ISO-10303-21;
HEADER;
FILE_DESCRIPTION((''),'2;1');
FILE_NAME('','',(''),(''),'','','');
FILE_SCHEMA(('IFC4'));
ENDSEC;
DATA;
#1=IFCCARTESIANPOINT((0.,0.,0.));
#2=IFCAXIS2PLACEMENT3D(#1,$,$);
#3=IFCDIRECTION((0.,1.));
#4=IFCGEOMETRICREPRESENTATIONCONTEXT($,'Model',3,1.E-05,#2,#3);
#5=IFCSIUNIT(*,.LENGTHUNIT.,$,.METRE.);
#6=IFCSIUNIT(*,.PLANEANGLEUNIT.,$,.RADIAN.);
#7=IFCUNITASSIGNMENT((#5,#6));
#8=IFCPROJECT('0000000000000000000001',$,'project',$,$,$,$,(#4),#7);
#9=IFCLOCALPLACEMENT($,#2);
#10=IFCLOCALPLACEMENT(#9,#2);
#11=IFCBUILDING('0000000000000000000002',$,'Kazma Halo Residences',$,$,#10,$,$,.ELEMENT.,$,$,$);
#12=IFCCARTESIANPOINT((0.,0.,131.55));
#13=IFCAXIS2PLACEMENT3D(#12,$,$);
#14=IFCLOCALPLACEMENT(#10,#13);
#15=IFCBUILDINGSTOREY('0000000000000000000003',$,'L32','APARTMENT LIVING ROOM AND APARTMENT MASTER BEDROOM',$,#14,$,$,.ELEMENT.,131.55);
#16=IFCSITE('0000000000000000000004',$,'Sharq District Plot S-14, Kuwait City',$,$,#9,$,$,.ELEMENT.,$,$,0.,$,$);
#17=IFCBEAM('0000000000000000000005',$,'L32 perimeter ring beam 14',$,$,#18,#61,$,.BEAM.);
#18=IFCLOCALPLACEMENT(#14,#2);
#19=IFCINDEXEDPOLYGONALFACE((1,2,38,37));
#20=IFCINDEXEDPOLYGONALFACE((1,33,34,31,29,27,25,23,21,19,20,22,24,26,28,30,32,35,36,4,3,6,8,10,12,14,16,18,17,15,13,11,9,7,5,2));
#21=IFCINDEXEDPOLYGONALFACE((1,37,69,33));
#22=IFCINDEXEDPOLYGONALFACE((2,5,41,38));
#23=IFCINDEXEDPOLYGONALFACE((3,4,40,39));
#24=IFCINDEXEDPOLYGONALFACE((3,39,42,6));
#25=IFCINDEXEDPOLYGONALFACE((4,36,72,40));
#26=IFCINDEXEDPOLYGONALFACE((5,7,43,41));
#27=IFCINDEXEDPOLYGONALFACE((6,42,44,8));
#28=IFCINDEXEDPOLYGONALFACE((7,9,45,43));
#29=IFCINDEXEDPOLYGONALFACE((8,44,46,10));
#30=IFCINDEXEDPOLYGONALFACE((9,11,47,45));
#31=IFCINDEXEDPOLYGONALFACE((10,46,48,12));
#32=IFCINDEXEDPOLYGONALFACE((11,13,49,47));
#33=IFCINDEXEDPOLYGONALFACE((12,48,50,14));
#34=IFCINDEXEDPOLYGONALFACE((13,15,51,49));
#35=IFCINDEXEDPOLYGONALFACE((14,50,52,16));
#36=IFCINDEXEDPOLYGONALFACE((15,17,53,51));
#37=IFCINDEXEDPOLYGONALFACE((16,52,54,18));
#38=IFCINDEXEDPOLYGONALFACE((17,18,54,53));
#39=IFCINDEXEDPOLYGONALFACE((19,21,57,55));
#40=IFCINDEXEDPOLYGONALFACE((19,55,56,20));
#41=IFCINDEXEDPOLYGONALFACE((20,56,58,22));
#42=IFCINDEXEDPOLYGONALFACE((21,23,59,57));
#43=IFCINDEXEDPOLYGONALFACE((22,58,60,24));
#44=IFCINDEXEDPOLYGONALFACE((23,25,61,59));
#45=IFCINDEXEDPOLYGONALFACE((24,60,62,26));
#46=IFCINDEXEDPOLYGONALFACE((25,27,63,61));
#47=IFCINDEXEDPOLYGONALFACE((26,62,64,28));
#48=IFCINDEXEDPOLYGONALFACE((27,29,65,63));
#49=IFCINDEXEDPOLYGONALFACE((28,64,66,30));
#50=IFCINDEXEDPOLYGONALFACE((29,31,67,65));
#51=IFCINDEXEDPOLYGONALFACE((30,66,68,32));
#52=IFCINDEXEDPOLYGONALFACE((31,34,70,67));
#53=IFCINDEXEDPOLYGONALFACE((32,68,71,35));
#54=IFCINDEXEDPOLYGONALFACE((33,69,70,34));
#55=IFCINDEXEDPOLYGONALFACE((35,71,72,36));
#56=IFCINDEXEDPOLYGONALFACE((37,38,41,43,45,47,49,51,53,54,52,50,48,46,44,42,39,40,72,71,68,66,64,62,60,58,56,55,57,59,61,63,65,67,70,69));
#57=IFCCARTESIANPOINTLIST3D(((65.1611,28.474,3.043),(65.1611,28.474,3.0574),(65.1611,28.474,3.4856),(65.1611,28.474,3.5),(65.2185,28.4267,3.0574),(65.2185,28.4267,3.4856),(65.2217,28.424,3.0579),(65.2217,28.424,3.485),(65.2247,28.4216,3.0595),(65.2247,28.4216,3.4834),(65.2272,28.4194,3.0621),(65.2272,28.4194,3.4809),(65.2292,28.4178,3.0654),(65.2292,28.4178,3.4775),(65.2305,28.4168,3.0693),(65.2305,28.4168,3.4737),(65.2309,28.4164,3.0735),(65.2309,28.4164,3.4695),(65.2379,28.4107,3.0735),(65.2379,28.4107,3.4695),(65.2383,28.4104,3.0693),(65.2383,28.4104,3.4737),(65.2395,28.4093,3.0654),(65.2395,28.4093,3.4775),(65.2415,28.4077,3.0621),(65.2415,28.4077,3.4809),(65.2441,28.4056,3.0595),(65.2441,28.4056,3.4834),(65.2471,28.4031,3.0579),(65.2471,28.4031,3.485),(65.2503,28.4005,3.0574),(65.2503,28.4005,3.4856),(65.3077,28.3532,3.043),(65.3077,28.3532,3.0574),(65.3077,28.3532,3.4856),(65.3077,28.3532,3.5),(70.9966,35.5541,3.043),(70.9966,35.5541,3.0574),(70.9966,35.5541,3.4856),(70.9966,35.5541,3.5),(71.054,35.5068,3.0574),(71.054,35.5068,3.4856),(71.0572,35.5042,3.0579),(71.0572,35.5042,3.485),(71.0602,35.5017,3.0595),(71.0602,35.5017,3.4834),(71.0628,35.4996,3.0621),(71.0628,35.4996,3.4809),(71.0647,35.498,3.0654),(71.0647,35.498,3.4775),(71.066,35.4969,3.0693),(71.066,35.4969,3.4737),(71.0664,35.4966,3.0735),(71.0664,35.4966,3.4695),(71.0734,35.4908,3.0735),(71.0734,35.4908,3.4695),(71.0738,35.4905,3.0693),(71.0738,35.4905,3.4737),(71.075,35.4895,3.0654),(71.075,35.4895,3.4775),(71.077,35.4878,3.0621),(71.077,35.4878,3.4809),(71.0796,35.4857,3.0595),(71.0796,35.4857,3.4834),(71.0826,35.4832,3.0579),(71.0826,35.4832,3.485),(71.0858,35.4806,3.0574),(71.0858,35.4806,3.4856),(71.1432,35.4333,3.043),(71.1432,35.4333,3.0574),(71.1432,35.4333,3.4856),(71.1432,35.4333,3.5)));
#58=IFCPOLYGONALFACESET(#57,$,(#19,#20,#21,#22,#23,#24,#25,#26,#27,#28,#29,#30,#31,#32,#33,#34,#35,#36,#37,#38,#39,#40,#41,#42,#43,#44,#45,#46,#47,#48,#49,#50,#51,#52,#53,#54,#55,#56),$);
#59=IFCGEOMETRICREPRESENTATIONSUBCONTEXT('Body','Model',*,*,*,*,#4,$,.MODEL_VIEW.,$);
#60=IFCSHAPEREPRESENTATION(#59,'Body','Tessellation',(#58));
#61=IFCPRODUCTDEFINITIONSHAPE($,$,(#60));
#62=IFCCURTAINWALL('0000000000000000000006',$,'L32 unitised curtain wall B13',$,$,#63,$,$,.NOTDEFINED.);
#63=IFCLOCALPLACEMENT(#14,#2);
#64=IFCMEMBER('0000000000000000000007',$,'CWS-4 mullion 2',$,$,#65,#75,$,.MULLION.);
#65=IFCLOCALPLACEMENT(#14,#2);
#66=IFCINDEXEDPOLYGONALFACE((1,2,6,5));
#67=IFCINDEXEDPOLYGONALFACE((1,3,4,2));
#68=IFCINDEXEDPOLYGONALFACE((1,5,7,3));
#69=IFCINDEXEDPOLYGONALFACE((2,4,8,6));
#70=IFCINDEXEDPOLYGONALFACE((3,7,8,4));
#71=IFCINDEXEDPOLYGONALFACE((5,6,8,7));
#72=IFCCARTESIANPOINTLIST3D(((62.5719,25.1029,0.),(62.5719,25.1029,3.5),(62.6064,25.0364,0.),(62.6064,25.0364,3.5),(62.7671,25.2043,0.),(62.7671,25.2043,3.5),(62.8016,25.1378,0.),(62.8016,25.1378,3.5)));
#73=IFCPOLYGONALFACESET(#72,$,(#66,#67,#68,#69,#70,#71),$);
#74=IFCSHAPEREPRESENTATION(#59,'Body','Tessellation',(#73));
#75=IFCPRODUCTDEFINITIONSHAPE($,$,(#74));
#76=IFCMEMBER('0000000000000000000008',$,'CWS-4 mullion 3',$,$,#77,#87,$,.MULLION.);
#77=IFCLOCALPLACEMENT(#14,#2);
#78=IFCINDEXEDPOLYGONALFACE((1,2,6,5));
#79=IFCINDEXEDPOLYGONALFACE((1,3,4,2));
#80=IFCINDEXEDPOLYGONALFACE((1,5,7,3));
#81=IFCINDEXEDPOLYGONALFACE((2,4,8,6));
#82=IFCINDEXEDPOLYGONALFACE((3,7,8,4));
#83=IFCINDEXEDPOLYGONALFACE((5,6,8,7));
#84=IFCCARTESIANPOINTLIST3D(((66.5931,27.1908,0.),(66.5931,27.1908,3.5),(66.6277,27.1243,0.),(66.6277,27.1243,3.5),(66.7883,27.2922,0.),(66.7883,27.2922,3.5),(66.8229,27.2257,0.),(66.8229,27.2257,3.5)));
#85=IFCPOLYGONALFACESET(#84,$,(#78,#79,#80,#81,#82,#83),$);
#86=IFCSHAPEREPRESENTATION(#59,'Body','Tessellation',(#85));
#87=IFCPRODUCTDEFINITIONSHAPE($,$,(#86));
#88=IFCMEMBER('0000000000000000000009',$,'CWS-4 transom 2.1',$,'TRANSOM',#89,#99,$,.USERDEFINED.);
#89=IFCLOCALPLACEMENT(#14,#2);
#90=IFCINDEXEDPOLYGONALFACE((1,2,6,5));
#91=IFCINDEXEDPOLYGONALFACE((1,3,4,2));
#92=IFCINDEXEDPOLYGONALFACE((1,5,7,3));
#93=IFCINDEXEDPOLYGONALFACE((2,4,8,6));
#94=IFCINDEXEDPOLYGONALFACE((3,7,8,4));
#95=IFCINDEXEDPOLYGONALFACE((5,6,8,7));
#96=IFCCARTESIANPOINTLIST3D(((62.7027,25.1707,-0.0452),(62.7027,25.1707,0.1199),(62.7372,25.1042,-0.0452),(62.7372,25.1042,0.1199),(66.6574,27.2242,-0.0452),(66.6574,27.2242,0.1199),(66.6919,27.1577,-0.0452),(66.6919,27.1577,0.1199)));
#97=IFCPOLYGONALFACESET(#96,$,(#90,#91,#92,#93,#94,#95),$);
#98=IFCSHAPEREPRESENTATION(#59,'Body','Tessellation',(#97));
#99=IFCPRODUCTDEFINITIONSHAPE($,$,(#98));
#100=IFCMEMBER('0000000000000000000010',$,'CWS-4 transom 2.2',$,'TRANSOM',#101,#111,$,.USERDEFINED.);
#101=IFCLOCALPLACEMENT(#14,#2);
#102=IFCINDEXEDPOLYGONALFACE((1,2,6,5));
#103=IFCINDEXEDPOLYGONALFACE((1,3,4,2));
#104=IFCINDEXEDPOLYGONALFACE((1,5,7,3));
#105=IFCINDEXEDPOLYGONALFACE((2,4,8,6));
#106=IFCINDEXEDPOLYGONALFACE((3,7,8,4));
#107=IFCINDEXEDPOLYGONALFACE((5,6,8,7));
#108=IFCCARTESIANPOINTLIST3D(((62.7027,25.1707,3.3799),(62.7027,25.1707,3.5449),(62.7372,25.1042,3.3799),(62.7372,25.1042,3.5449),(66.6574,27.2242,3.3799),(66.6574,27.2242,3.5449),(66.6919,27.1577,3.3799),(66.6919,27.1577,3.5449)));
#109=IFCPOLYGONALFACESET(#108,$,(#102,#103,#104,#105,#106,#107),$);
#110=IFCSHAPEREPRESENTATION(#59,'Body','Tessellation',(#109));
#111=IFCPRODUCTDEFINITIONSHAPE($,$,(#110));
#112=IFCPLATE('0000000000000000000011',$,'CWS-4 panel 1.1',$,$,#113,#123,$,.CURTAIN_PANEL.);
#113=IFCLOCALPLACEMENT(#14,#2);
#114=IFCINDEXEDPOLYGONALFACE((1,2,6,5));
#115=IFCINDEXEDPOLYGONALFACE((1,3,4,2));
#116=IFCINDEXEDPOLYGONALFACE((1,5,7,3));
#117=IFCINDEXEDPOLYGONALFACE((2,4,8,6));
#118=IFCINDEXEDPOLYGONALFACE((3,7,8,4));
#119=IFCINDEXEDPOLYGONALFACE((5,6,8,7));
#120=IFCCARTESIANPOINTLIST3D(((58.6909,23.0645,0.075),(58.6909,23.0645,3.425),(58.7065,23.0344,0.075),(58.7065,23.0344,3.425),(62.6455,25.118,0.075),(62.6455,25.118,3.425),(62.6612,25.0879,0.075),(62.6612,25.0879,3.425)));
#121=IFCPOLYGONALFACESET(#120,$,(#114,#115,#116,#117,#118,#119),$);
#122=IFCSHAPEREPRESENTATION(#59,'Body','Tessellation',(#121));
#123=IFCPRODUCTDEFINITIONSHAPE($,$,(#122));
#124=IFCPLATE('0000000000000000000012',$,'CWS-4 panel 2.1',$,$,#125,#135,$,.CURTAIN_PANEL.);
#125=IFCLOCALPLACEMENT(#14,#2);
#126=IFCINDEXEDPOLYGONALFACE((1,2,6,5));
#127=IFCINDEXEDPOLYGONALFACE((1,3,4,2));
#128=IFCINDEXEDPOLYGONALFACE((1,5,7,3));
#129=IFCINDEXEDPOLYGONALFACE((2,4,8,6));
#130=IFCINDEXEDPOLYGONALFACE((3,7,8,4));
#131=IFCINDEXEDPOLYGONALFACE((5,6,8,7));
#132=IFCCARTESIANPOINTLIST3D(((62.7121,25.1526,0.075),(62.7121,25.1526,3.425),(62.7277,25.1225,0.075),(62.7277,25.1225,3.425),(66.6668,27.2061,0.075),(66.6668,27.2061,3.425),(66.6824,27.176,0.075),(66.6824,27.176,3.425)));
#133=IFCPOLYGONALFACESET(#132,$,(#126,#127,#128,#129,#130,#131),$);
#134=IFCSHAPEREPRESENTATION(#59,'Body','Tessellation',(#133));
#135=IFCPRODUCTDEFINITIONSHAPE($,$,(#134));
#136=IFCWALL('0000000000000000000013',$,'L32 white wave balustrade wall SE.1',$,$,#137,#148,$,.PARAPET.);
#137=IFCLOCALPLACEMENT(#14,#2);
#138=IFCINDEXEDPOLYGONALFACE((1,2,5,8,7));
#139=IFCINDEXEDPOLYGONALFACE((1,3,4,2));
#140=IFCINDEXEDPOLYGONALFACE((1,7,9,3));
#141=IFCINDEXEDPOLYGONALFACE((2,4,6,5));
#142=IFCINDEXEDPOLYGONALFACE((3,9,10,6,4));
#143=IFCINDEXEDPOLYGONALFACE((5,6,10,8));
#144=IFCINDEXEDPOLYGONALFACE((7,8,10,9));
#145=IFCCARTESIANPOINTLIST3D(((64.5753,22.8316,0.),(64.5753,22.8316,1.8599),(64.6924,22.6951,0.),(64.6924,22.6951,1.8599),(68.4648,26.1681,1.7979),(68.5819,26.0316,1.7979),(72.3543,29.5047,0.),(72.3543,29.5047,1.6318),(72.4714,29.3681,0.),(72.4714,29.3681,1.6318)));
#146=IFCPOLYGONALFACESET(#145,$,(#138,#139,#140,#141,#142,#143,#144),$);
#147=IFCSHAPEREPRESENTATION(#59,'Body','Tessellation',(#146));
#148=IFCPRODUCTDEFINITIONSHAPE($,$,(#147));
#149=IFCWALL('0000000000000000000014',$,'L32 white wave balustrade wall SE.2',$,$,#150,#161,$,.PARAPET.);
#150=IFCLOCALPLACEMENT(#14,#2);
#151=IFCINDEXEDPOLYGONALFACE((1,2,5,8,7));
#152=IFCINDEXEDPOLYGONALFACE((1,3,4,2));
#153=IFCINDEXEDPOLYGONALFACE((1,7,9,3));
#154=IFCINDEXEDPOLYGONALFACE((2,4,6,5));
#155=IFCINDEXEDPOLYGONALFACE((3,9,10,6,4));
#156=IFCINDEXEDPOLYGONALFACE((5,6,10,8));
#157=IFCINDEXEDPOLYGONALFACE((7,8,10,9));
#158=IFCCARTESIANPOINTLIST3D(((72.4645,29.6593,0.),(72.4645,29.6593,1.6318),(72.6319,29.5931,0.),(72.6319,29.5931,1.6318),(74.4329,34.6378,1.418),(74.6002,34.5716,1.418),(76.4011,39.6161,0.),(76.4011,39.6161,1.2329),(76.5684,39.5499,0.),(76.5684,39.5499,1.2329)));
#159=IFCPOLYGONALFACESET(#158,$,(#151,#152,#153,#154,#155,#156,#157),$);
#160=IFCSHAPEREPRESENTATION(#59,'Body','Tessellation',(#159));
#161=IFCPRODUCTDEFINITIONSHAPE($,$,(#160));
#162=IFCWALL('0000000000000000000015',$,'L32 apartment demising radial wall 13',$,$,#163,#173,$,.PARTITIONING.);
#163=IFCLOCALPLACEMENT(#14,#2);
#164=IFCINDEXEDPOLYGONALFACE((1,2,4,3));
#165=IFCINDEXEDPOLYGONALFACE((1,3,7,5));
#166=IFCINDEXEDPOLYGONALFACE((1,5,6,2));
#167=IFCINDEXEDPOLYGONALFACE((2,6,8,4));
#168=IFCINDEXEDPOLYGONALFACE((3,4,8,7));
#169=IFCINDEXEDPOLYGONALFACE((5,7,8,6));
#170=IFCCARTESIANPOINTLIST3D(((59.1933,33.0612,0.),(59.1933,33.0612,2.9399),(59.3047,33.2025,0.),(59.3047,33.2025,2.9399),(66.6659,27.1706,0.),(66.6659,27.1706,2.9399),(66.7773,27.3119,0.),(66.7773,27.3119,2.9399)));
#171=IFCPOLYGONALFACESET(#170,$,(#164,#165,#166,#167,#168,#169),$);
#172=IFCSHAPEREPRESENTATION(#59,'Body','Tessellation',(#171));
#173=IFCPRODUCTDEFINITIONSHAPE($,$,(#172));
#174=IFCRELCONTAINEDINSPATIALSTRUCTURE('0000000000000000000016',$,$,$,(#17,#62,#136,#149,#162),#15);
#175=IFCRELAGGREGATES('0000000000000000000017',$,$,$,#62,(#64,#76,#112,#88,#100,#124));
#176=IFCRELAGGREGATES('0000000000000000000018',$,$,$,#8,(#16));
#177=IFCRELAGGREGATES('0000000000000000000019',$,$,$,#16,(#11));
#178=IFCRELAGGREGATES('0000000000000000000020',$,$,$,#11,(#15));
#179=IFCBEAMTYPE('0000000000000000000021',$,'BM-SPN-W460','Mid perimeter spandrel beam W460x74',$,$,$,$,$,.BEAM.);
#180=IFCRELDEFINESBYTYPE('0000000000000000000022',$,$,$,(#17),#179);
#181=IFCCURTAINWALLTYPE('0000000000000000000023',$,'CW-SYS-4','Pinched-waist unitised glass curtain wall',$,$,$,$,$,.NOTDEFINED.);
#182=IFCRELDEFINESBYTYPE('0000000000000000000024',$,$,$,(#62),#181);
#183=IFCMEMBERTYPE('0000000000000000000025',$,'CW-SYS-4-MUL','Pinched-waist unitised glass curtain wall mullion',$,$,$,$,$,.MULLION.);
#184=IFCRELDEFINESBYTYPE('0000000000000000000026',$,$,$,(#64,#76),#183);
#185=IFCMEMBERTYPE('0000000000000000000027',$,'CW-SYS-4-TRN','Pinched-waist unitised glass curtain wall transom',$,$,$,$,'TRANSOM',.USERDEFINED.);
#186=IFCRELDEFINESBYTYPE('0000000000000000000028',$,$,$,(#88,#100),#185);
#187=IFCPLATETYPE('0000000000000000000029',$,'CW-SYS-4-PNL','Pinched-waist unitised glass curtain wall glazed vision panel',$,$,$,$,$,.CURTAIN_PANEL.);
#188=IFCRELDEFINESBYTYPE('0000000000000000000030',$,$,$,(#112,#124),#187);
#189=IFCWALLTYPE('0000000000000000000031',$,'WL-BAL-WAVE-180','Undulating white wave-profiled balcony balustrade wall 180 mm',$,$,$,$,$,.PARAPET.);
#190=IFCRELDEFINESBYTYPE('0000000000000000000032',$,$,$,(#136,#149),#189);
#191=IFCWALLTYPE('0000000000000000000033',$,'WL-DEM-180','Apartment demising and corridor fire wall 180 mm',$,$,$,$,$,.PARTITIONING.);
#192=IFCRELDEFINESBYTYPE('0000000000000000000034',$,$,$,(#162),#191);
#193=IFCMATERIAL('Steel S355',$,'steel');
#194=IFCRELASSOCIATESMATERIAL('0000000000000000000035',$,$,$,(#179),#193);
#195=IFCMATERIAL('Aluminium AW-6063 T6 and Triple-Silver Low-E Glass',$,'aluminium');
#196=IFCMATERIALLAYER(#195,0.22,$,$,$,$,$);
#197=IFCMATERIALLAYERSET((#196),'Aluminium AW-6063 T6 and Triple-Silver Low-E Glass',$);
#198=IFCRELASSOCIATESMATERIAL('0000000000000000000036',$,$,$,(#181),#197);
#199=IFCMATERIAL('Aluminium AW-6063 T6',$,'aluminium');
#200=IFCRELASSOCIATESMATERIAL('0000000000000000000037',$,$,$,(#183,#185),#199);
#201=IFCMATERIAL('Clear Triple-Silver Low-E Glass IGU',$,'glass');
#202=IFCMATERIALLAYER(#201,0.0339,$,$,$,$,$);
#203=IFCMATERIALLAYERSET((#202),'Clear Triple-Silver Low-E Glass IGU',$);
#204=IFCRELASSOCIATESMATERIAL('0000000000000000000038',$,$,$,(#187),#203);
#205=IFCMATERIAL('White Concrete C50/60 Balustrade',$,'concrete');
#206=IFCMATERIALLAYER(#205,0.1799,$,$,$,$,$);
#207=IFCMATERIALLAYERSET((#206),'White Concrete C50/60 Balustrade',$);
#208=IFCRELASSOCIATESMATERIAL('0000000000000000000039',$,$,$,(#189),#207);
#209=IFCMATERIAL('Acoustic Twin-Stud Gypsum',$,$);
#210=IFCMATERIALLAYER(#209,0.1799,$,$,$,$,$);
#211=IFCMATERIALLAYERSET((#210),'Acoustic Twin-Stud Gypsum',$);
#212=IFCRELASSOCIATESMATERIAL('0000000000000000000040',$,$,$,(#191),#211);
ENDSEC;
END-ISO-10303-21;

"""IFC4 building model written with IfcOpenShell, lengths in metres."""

from ifc_helpers import new_model, si_unit, direction, frame, frame_2d, origin, origin_2d, place, context, subcontext, project, spatial, polyline, rectangle, i_section, outline, extrude, material, layer, layer_set, material_profile, profile_set, type_object, element, aggregate, save


model = new_model("IFC4")

# Units and contexts
model_context = context("Model", 3, precision=1e-05, world=origin(), true_north=direction((0.0, 1.0)))
body_context = subcontext(model_context, "Body", "Model", "MODEL_VIEW")
ifc_project = project(units=[si_unit("LENGTHUNIT", "METRE"), si_unit("PLANEANGLEUNIT", "RADIAN")], contexts=[model_context])

# Site, building, storey
site_placement = place(None, origin())
site = spatial("IfcSite", under=ifc_project, at=site_placement, Name="Sharq District Plot S-14, Kuwait City", CompositionType="ELEMENT", RefElevation=0.0)
building_placement = place(site_placement, origin())
building = spatial("IfcBuilding", under=site, at=building_placement, Name="Kazma Halo Residences", CompositionType="ELEMENT")
storey_placement = place(building_placement, frame((0.0, 0.0, 131.55)))
storey = spatial("IfcBuildingStorey", under=building, at=storey_placement, Name="L32", Description="APARTMENT LIVING ROOM AND APARTMENT MASTER BEDROOM", CompositionType="ELEMENT", Elevation=131.55)

# Beam
ifc_material_1 = material(Name="Steel S355", Category="steel")
ifc_material_profile_1 = material_profile(ifc_material_1, i_section(OverallWidth=0.1899, OverallDepth=0.457, WebThickness=0.009, FlangeThickness=0.0144, FilletRadius=0.0161, at=origin_2d()), Name="W460x74")
ifc_profile_set_1 = profile_set([ifc_material_profile_1], Name="Steel S355")
beam_type_1 = type_object("IfcBeamType", Name="BM-SPN-W460", Description="Mid perimeter spandrel beam W460x74", PredefinedType="BEAM", material=ifc_profile_set_1)
beam_1_placement = place(storey_placement, frame((65.2344, 28.4136, 3.2715), z_axis=(0.636019, 0.771674, 0.0), x_axis=(-0.771674, 0.636019, 0.0)))
element("IfcBeam", 1, at=beam_1_placement, inside=storey, type_object=beam_type_1, Name="L32 perimeter ring beam 14", PredefinedType="BEAM", context=body_context, shape_type="SweptSolid", body=[
    extrude(i_section(OverallWidth=0.1899, OverallDepth=0.457, WebThickness=0.009, FlangeThickness=0.0144, FilletRadius=0.0161, at=origin_2d()), origin(), (0.0, 0.0, 1.0), 9.175),
])

# Curtain wall, members, plates
ifc_material_2 = material(Name="Aluminium AW-6063 T6 and Triple-Silver Low-E Glass", Category="aluminium")
ifc_layer_1 = layer(ifc_material_2, 0.22)
ifc_layer_set_1 = layer_set([ifc_layer_1], Name="Aluminium AW-6063 T6 and Triple-Silver Low-E Glass")
curtain_wall_type = type_object("IfcCurtainWallType", Name="CW-SYS-4", Description="Pinched-waist unitised glass curtain wall", PredefinedType="NOTDEFINED", material=ifc_layer_set_1)
curtain_wall_placement = place(storey_placement, origin())
curtain_wall = element("IfcCurtainWall", 2, at=curtain_wall_placement, inside=storey, type_object=curtain_wall_type, Name="L32 unitised curtain wall B13", PredefinedType="NOTDEFINED")
ifc_material_3 = material(Name="Aluminium AW-6063 T6", Category="aluminium")
ifc_material_profile_2 = material_profile(ifc_material_3, rectangle(XDim=0.075, YDim=0.22, at=origin_2d()), Name="CWM-75x220")
ifc_profile_set_2 = profile_set([ifc_material_profile_2], Name="Aluminium AW-6063 T6")
member_type_1 = type_object("IfcMemberType", Name="CW-SYS-4-MUL", Description="Pinched-waist unitised glass curtain wall mullion", PredefinedType="MULLION", material=ifc_profile_set_2)
member_1_placement = place(storey_placement, frame((62.6868, 25.1204, 0.0), z_axis=(0.0, 0.0, 1.0), x_axis=(-0.460837, 0.887485, 0.0)))
member_1 = element("IfcMember", 3, at=member_1_placement, type_object=member_type_1, Name="CWS-4 mullion 2", PredefinedType="MULLION", context=body_context, shape_type="SweptSolid", body=[
    extrude(rectangle(XDim=0.075, YDim=0.22, at=origin_2d()), origin(), (0.0, 0.0, 1.0), 3.5),
])
member_2_placement = place(storey_placement, frame((66.708, 27.2083, 0.0), z_axis=(0.0, 0.0, 1.0), x_axis=(-0.460837, 0.887485, 0.0)))
member_2 = element("IfcMember", 4, at=member_2_placement, type_object=member_type_1, Name="CWS-4 mullion 3", PredefinedType="MULLION", context=body_context, shape_type="SweptSolid", body=[
    extrude(rectangle(XDim=0.075, YDim=0.22, at=origin_2d()), origin(), (0.0, 0.0, 1.0), 3.5),
])
ifc_material_profile_3 = material_profile(ifc_material_3, rectangle(XDim=0.075, YDim=0.165, at=origin_2d()), Name="CWT-75x165")
ifc_profile_set_3 = profile_set([ifc_material_profile_3], Name="Aluminium AW-6063 T6")
member_type_2 = type_object("IfcMemberType", Name="CW-SYS-4-TRN", Description="Pinched-waist unitised glass curtain wall transom", ElementType="TRANSOM", PredefinedType="USERDEFINED", material=ifc_profile_set_3)
member_3_placement = place(storey_placement, frame((62.72, 25.1375, 0.0374), z_axis=(0.887485, 0.460837, 0.0), x_axis=(-0.460837, 0.887485, 0.0)))
member_3 = element("IfcMember", 5, at=member_3_placement, type_object=member_type_2, Name="CWS-4 transom 2.1", ObjectType="TRANSOM", PredefinedType="USERDEFINED", context=body_context, shape_type="SweptSolid", body=[
    extrude(rectangle(XDim=0.075, YDim=0.165, at=origin_2d()), origin(), (0.0, 0.0, 1.0), 4.4561),
])
member_4_placement = place(storey_placement, frame((62.72, 25.1375, 3.4624), z_axis=(0.887485, 0.460837, 0.0), x_axis=(-0.460837, 0.887485, 0.0)))
member_4 = element("IfcMember", 6, at=member_4_placement, type_object=member_type_2, Name="CWS-4 transom 2.2", ObjectType="TRANSOM", PredefinedType="USERDEFINED", context=body_context, shape_type="SweptSolid", body=[
    extrude(rectangle(XDim=0.075, YDim=0.165, at=origin_2d()), origin(), (0.0, 0.0, 1.0), 4.4561),
])
ifc_material_4 = material(Name="Clear Triple-Silver Low-E Glass IGU", Category="glass")
ifc_layer_2 = layer(ifc_material_4, 0.0339)
ifc_layer_set_2 = layer_set([ifc_layer_2], Name="Clear Triple-Silver Low-E Glass IGU")
plate_type = type_object("IfcPlateType", Name="CW-SYS-4-PNL", Description="Pinched-waist unitised glass curtain wall glazed vision panel", PredefinedType="CURTAIN_PANEL", material=ifc_layer_set_2)
plate_1_placement = place(storey_placement, frame((60.676, 24.0762, 0.075), z_axis=(0.0, 0.0, 1.0), x_axis=(0.887485, 0.460837, 0.0)))
plate_1 = element("IfcPlate", 7, at=plate_1_placement, type_object=plate_type, Name="CWS-4 panel 1.1", PredefinedType="CURTAIN_PANEL", context=body_context, shape_type="SweptSolid", body=[
    extrude(rectangle(XDim=4.4561, YDim=0.0339, at=origin_2d()), origin(), (0.0, 0.0, 1.0), 3.3501),
])
plate_2_placement = place(storey_placement, frame((64.6973, 26.1643, 0.075), z_axis=(0.0, 0.0, 1.0), x_axis=(0.887485, 0.460837, 0.0)))
plate_2 = element("IfcPlate", 8, at=plate_2_placement, type_object=plate_type, Name="CWS-4 panel 2.1", PredefinedType="CURTAIN_PANEL", context=body_context, shape_type="SweptSolid", body=[
    extrude(rectangle(XDim=4.4561, YDim=0.0339, at=origin_2d()), origin(), (0.0, 0.0, 1.0), 3.3501),
])
aggregate(curtain_wall, [member_1, member_2, plate_1, member_3, member_4, plate_2])

# Walls
ifc_material_5 = material(Name="White Concrete C50/60 Balustrade", Category="concrete")
ifc_layer_3 = layer(ifc_material_5, 0.1799)
ifc_layer_set_3 = layer_set([ifc_layer_3], Name="White Concrete C50/60 Balustrade")
wall_type_1 = type_object("IfcWallType", Name="WL-BAL-WAVE-180", Description="Undulating white wave-profiled balcony balustrade wall 180 mm", PredefinedType="PARAPET", material=ifc_layer_set_3)
wall_1_placement = place(storey_placement, frame((64.6338, 22.7634, 0.0), z_axis=(0.0, 0.0, 1.0), x_axis=(0.758999, 0.651091, 0.0)))
element("IfcWall", 9, at=wall_1_placement, inside=storey, type_object=wall_type_1, Name="L32 white wave balustrade wall SE.1", PredefinedType="PARAPET", context=body_context, shape_type="SweptSolid", body=[
    extrude(outline(polyline([(0.0, 0.0), (10.249, 0.0), (10.249, 1.6318), (5.1245, 1.7979), (0.0, 1.8599), (0.0, 0.0)])), frame((0.0, 0.0898, 0.0), z_axis=(0.0, -1.0, 0.0), x_axis=(1.0, 0.0, 0.0)), (0.0, 0.0, 1.0), 0.1799),
])
wall_2_placement = place(storey_placement, frame((72.5481, 29.6262, 0.0), z_axis=(0.0, 0.0, 1.0), x_axis=(0.367669, 0.929957, 0.0)))
element("IfcWall", 10, at=wall_2_placement, inside=storey, type_object=wall_type_1, Name="L32 white wave balustrade wall SE.2", PredefinedType="PARAPET", context=body_context, shape_type="SweptSolid", body=[
    extrude(outline(polyline([(0.0, 0.0), (10.7068, 0.0), (10.7068, 1.2329), (5.3535, 1.418), (0.0, 1.6318), (0.0, 0.0)])), frame((0.0, 0.0898, 0.0), z_axis=(0.0, -1.0, 0.0), x_axis=(1.0, 0.0, 0.0)), (0.0, 0.0, 1.0), 0.1799),
])
ifc_material_6 = material(Name="Acoustic Twin-Stud Gypsum")
ifc_layer_4 = layer(ifc_material_6, 0.1799)
ifc_layer_set_4 = layer_set([ifc_layer_4], Name="Acoustic Twin-Stud Gypsum")
wall_type_2 = type_object("IfcWallType", Name="WL-DEM-180", Description="Apartment demising and corridor fire wall 180 mm", PredefinedType="PARTITIONING", material=ifc_layer_set_4)
wall_3_placement = place(storey_placement, frame((59.249, 33.1318, 0.0), z_axis=(0.0, 0.0, 1.0), x_axis=(0.785334, -0.619072, 0.0)))
element("IfcWall", 11, at=wall_3_placement, inside=storey, type_object=wall_type_2, Name="L32 apartment demising radial wall 13", PredefinedType="PARTITIONING", context=body_context, shape_type="SweptSolid", body=[
    extrude(rectangle(XDim=9.5151, YDim=0.1799, at=frame_2d((4.7576, 0.0))), origin(), (0.0, 0.0, 1.0), 2.9399),
])

save(model, "model.ifc")
